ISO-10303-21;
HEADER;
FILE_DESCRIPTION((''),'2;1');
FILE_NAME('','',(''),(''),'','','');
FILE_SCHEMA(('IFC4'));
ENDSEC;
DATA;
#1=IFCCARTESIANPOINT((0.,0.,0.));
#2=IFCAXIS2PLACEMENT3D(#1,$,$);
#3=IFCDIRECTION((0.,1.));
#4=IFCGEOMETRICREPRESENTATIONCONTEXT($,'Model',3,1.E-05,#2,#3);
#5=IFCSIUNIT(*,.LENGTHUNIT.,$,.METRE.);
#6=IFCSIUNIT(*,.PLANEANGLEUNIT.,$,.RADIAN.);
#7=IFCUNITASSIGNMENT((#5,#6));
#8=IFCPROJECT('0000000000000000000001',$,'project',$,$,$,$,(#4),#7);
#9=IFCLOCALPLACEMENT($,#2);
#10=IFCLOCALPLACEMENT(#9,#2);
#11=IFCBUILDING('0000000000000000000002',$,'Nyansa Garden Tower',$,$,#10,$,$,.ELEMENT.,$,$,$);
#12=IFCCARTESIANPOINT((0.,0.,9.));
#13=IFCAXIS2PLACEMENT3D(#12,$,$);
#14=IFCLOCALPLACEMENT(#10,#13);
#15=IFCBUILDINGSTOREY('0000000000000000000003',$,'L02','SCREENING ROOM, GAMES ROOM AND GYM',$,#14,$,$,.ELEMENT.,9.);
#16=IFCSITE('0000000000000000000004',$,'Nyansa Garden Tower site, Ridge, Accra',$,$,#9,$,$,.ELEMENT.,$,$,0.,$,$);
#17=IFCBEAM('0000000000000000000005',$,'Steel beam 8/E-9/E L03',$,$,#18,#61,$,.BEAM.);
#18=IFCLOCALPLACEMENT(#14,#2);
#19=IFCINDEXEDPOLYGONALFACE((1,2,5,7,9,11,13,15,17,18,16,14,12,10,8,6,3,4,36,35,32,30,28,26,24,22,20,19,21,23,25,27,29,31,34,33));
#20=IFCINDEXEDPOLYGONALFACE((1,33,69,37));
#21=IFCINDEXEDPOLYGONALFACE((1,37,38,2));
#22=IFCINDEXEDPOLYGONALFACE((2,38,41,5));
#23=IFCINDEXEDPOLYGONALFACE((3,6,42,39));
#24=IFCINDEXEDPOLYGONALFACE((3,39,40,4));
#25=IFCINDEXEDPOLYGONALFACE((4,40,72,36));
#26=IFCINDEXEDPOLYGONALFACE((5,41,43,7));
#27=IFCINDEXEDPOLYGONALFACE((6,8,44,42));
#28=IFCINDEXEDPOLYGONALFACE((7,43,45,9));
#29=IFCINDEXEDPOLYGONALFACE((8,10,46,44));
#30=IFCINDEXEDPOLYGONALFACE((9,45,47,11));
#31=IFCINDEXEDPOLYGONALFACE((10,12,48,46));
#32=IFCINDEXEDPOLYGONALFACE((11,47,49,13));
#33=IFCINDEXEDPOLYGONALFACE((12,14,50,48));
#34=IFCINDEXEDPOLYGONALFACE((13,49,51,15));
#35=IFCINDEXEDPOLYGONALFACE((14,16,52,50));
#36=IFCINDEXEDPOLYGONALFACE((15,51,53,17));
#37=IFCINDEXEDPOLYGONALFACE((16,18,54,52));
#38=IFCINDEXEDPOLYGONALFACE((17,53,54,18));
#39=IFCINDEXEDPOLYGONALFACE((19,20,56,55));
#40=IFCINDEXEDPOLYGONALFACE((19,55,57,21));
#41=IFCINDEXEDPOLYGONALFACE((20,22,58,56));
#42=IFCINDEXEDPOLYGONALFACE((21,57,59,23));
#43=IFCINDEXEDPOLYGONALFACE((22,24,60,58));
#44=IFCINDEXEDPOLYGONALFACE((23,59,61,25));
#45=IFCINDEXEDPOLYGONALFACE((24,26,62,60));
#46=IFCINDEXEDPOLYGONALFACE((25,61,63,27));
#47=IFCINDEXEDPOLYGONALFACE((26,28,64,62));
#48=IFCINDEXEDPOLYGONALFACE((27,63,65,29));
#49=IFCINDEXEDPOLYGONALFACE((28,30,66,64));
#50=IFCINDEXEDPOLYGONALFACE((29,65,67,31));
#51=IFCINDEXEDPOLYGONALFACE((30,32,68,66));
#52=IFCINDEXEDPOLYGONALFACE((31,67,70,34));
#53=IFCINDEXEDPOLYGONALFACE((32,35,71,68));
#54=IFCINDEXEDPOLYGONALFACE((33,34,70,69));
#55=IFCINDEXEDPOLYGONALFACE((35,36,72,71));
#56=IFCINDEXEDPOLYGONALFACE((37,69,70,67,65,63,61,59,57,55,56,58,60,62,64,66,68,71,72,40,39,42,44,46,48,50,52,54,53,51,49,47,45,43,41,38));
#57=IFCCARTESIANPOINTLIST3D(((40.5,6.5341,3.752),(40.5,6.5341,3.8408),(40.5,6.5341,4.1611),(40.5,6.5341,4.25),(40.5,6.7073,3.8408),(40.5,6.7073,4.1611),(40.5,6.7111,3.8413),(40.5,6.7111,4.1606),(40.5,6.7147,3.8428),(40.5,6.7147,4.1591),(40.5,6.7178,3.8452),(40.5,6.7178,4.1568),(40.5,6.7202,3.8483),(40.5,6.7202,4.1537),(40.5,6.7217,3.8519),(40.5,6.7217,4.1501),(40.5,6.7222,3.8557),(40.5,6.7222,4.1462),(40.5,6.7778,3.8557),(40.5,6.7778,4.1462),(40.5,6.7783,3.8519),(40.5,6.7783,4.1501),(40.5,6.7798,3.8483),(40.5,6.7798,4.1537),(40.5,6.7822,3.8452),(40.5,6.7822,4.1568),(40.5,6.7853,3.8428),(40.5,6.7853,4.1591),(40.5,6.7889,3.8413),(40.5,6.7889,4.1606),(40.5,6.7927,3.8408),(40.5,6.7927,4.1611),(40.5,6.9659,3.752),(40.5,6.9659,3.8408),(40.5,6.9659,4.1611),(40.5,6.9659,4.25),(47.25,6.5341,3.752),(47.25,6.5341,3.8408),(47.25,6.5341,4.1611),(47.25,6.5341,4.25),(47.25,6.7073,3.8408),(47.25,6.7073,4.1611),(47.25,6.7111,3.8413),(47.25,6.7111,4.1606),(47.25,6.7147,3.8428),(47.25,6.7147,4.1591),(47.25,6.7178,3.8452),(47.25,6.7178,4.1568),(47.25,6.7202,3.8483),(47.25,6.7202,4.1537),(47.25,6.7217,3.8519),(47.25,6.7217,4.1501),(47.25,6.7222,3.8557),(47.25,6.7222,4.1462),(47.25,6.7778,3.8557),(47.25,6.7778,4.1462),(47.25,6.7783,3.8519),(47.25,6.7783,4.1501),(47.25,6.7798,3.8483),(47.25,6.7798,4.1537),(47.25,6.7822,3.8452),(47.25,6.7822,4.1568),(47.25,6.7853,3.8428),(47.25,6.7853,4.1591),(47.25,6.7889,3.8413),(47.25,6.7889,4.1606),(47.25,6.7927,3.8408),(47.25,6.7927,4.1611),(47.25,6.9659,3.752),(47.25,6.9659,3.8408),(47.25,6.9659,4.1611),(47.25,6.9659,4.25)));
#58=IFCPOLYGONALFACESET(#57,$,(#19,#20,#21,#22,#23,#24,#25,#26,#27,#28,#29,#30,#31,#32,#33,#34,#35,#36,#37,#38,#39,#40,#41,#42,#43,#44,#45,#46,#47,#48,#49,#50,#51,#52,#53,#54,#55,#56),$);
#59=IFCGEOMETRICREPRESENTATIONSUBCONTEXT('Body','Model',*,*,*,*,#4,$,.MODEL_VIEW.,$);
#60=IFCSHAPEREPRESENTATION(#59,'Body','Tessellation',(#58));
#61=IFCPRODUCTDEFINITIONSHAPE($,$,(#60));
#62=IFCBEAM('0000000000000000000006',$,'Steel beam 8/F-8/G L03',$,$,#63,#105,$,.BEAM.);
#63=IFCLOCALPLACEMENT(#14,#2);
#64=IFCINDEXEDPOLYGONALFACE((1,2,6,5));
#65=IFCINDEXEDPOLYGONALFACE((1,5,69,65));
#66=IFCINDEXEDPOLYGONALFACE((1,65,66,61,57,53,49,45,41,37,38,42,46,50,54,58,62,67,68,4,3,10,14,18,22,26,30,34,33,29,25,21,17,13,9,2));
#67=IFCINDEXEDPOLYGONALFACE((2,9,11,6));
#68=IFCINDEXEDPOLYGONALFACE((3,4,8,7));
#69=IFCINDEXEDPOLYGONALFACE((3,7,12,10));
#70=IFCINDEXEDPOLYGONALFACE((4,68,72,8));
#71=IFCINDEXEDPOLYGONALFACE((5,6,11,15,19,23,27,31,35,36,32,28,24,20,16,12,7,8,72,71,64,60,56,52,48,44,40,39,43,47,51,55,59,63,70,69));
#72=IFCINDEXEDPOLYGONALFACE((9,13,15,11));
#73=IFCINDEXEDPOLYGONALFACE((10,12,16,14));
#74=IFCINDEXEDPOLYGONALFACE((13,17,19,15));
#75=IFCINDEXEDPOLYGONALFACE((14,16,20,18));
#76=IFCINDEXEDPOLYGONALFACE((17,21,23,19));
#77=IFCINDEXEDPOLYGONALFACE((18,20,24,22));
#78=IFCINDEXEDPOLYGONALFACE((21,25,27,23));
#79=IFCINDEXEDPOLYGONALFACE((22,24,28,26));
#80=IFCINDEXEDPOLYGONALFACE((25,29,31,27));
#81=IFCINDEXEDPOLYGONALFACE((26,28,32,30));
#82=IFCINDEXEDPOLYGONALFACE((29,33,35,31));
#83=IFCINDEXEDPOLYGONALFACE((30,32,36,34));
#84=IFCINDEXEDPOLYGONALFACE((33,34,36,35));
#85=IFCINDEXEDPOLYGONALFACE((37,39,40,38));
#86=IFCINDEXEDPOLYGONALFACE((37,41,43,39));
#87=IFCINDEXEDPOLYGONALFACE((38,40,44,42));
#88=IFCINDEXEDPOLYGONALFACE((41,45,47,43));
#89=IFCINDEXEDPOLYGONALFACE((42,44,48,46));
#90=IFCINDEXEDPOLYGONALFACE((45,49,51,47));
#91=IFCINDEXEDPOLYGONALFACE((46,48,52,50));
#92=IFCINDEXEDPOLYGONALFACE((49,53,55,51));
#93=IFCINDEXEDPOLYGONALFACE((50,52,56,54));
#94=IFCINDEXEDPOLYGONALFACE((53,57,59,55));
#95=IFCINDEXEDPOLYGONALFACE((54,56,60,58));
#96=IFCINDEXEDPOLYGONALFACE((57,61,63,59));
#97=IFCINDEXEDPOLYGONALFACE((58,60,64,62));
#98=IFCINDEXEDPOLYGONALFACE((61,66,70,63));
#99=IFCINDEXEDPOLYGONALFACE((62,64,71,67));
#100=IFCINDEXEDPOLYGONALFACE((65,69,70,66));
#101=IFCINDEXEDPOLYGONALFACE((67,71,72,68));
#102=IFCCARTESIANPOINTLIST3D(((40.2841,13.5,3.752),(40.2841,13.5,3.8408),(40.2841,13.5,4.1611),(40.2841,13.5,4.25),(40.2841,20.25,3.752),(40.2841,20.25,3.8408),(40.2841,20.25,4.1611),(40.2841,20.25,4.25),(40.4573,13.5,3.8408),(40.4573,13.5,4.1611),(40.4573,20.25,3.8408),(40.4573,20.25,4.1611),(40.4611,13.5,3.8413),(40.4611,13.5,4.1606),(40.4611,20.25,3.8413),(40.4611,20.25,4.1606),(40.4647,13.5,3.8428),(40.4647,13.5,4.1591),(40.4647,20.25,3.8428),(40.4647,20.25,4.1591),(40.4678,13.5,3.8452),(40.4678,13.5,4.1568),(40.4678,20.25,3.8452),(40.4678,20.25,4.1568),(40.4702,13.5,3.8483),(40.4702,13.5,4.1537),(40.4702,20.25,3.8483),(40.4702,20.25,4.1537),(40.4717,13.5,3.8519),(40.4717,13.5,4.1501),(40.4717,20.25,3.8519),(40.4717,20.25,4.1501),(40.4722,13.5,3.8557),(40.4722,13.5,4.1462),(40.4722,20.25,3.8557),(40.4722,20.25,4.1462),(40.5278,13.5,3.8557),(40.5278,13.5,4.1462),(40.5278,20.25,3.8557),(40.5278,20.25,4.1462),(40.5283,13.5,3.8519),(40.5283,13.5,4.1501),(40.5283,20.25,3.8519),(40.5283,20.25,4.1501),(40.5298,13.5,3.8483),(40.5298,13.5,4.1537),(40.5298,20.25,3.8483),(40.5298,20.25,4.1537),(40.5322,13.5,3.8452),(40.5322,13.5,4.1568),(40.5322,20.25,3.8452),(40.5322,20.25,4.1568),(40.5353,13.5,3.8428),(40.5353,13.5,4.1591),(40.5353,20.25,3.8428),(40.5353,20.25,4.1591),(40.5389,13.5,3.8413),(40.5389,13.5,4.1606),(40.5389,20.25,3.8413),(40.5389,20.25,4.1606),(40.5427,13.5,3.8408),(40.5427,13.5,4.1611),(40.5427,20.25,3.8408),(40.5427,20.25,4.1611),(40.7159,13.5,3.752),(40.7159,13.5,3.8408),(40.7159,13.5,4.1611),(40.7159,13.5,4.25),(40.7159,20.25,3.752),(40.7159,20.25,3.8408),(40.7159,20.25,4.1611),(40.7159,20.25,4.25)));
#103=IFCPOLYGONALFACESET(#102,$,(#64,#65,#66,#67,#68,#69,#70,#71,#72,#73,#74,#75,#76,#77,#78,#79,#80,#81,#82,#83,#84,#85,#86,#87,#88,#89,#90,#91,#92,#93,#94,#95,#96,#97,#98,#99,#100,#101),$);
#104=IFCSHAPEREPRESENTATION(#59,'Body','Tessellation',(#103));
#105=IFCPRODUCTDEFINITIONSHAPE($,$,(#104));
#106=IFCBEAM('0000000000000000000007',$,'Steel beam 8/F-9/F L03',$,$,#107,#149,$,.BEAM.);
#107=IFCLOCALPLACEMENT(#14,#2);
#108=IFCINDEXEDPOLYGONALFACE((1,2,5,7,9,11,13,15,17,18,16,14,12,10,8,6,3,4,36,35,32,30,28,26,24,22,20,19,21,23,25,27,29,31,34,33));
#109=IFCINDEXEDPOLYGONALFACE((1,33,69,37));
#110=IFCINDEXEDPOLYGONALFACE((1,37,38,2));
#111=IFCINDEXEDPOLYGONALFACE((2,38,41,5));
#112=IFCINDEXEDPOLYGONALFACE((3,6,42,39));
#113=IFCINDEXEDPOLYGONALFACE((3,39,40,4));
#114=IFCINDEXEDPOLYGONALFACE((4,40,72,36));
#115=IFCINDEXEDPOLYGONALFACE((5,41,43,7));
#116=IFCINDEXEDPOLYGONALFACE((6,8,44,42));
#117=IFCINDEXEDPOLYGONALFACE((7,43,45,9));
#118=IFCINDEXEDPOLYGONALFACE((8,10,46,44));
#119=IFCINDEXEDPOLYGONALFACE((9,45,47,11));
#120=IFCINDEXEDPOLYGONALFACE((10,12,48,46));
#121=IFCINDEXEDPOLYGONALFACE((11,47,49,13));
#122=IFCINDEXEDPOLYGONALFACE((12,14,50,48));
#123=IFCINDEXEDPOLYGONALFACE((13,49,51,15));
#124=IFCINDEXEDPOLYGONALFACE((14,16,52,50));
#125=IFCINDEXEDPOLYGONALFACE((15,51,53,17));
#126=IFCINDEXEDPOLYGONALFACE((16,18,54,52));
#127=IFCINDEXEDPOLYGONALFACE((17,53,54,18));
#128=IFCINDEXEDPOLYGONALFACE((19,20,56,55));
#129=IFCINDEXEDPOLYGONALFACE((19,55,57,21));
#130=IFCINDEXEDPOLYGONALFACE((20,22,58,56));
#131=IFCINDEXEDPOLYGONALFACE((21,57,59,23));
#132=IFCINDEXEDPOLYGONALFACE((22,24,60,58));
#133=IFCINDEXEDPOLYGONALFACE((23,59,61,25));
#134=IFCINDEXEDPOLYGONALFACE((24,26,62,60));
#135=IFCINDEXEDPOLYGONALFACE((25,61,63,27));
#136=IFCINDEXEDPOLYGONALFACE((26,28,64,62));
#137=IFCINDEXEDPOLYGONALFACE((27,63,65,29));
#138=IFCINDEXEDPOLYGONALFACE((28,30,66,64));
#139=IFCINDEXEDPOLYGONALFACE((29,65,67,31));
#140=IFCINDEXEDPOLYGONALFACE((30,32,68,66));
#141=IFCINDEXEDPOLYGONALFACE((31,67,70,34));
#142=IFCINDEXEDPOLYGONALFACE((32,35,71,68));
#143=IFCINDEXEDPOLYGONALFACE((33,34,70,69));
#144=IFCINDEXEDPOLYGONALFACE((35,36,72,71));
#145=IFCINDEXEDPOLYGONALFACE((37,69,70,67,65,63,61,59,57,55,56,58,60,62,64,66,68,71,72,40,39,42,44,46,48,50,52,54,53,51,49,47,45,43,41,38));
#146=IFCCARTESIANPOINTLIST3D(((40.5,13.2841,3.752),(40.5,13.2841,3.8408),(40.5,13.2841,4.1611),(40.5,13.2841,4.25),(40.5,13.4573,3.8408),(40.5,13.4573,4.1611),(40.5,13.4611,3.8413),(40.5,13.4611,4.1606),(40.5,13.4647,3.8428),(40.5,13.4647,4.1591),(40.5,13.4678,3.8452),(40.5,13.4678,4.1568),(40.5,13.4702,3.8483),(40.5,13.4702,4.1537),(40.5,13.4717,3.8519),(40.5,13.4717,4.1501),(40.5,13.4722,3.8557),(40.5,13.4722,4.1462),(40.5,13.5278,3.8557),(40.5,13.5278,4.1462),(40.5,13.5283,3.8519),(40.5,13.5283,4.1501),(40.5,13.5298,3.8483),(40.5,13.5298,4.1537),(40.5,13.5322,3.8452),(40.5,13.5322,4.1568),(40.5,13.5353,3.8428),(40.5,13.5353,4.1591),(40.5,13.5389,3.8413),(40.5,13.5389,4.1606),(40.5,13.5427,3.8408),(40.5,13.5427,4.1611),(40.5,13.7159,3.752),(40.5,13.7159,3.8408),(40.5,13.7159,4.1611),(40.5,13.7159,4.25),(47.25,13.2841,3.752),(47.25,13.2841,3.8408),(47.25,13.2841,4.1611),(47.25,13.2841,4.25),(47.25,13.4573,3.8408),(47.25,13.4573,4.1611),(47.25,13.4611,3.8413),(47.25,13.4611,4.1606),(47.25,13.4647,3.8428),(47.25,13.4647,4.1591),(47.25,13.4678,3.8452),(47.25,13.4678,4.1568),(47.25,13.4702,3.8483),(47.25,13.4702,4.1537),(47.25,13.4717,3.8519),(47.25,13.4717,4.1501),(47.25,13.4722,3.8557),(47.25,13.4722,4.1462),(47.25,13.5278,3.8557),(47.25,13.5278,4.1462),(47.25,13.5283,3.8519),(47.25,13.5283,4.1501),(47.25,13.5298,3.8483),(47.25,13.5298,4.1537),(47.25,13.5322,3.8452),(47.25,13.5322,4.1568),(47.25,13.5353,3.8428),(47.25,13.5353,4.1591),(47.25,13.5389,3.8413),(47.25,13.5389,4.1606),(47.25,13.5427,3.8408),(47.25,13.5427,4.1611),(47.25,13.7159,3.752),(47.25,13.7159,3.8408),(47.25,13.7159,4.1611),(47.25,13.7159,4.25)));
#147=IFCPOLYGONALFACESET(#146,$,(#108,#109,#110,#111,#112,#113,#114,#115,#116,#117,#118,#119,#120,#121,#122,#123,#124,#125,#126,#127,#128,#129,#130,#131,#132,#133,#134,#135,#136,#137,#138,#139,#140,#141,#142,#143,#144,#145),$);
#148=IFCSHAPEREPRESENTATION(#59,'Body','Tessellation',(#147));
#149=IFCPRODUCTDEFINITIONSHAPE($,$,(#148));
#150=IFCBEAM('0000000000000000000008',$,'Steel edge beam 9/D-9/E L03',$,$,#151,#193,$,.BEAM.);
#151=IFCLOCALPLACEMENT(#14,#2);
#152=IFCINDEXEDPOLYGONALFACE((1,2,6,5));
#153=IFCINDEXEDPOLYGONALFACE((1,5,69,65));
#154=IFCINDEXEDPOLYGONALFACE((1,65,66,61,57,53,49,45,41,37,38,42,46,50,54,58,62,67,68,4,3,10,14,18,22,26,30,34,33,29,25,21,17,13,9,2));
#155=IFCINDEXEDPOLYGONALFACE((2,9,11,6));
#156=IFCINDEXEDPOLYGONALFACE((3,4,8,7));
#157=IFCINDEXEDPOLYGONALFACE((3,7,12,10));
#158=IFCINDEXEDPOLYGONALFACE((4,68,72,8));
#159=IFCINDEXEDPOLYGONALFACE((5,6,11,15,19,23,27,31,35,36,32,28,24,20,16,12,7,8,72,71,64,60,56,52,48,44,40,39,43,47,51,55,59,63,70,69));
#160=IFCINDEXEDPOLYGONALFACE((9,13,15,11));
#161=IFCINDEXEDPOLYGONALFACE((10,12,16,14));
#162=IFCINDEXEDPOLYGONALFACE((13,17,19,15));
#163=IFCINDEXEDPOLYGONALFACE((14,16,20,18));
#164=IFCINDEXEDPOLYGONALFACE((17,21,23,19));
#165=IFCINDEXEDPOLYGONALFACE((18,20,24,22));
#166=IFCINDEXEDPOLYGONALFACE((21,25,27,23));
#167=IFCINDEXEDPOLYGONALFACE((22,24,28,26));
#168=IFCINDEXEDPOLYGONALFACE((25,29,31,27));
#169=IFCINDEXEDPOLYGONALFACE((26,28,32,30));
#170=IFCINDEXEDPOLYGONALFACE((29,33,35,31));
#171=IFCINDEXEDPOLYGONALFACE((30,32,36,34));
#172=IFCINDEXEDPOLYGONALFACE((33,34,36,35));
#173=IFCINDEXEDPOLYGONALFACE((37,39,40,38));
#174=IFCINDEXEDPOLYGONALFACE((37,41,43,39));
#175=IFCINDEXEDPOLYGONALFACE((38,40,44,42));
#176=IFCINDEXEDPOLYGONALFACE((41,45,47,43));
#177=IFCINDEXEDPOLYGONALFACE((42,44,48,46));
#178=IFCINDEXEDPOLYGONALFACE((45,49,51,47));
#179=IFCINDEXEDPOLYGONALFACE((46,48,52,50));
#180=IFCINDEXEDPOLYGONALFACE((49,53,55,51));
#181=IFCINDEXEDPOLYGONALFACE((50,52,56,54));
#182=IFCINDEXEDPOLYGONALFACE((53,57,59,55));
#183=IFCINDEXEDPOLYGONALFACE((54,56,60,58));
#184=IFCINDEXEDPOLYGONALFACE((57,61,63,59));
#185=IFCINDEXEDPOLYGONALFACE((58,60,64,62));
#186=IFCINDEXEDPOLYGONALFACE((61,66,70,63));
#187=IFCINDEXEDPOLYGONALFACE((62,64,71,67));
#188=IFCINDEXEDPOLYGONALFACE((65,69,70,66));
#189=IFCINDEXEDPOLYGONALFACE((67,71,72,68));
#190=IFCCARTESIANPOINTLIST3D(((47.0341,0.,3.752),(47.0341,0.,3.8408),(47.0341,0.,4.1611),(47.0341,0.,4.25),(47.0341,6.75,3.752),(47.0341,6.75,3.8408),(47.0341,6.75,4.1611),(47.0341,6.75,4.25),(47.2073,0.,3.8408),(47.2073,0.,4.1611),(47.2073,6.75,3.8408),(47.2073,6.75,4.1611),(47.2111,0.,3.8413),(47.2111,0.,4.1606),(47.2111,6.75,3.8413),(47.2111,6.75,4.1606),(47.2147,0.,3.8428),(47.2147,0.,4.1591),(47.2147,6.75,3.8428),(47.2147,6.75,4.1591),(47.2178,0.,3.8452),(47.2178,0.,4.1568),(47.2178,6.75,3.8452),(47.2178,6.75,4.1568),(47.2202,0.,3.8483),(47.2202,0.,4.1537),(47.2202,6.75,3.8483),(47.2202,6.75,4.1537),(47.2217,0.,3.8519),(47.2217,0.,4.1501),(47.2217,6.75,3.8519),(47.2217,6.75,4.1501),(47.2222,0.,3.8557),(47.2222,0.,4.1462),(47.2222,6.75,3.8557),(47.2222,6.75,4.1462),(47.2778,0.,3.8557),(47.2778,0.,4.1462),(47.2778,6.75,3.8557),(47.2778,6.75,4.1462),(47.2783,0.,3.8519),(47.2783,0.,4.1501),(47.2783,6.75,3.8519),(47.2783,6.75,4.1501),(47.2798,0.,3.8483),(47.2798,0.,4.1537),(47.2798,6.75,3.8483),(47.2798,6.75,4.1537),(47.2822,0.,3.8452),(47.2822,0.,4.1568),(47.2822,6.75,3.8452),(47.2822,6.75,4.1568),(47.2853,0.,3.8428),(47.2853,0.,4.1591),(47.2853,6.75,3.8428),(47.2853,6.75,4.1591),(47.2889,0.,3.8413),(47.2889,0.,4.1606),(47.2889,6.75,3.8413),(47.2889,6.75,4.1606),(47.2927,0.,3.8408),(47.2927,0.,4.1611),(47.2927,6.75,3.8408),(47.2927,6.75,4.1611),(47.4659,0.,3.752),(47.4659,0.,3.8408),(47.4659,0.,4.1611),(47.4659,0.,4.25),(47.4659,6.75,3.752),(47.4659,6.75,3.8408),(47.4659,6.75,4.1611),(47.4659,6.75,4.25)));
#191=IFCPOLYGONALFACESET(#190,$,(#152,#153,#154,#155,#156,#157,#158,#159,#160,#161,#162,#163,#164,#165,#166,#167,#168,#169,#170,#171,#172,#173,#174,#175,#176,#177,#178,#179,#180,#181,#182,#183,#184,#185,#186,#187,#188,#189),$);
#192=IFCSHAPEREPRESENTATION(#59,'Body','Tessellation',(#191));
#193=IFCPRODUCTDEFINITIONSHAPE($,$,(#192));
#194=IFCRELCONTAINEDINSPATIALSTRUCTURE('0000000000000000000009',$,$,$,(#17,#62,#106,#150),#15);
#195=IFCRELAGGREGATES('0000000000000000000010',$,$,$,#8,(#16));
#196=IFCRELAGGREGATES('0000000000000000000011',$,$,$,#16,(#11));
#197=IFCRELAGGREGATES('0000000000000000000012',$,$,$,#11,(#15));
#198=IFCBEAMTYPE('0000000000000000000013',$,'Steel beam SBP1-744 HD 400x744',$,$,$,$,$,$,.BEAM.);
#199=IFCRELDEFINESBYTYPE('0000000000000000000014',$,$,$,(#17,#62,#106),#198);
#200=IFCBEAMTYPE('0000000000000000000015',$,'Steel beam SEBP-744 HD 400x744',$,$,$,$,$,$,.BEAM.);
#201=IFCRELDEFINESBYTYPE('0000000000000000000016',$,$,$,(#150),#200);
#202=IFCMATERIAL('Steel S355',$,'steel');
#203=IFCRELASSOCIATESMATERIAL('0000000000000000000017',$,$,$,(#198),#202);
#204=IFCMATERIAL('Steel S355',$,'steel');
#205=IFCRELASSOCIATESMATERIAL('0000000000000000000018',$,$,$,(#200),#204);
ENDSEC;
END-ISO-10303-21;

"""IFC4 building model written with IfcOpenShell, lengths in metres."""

from ifc_helpers import new_model, si_unit, direction, frame, origin, origin_2d, place, context, subcontext, project, spatial, i_section, extrude, material, material_profile, profile_set, type_object, element, save


model = new_model("IFC4")

# Units and contexts
model_context = context("Model", 3, precision=1e-05, world=origin(), true_north=direction((0.0, 1.0)))
body_context = subcontext(model_context, "Body", "Model", "MODEL_VIEW")
ifc_project = project(units=[si_unit("LENGTHUNIT", "METRE"), si_unit("PLANEANGLEUNIT", "RADIAN")], contexts=[model_context])

# Site, building, storey
site_placement = place(None, origin())
site = spatial("IfcSite", under=ifc_project, at=site_placement, Name="Nyansa Garden Tower site, Ridge, Accra", CompositionType="ELEMENT", RefElevation=0.0)
building_placement = place(site_placement, origin())
building = spatial("IfcBuilding", under=site, at=building_placement, Name="Nyansa Garden Tower", CompositionType="ELEMENT")
storey_placement = place(building_placement, frame((0.0, 0.0, 9.0)))
storey = spatial("IfcBuildingStorey", under=building, at=storey_placement, Name="L02", Description="SCREENING ROOM, GAMES ROOM AND GYM", CompositionType="ELEMENT", Elevation=9.0)

# Beams
ifc_material_1 = material(Name="Steel S355", Category="steel")
ifc_material_profile_1 = material_profile(ifc_material_1, i_section(OverallWidth=0.4319, OverallDepth=0.498, WebThickness=0.0557, FlangeThickness=0.0889, FilletRadius=0.0149, at=origin_2d()), Name="HD 400x744")
ifc_profile_set_1 = profile_set([ifc_material_profile_1], Name="Steel S355")
beam_type_1 = type_object("IfcBeamType", Name="Steel beam SBP1-744 HD 400x744", PredefinedType="BEAM", material=ifc_profile_set_1)
for number, where, z_axis, x_axis, name in (
    (1, (40.5, 6.75, 4.001), (1.0, 0.0, 0.0), (0.0, 1.0, 0.0), "Steel beam 8/E-9/E L03"),
    (2, (40.5, 13.5, 4.001), (0.0, 1.0, 0.0), (-1.0, 0.0, 0.0), "Steel beam 8/F-8/G L03"),
    (3, (40.5, 13.5, 4.001), (1.0, 0.0, 0.0), (0.0, 1.0, 0.0), "Steel beam 8/F-9/F L03"),
):
    element("IfcBeam", number, at=place(storey_placement, frame(where, z_axis=z_axis, x_axis=x_axis)), inside=storey, type_object=beam_type_1, Name=name, PredefinedType="BEAM", context=body_context, shape_type="SweptSolid", body=[
        extrude(i_section(OverallWidth=0.4319, OverallDepth=0.498, WebThickness=0.0557, FlangeThickness=0.0889, FilletRadius=0.0149, at=origin_2d()), origin(), (0.0, 0.0, 1.0), 6.75),
    ])
ifc_material_2 = material(Name="Steel S355", Category="steel")
ifc_material_profile_2 = material_profile(ifc_material_2, i_section(OverallWidth=0.4319, OverallDepth=0.498, WebThickness=0.0557, FlangeThickness=0.0889, FilletRadius=0.0149, at=origin_2d()), Name="HD 400x744")
ifc_profile_set_2 = profile_set([ifc_material_profile_2], Name="Steel S355")
beam_type_2 = type_object("IfcBeamType", Name="Steel beam SEBP-744 HD 400x744", PredefinedType="BEAM", material=ifc_profile_set_2)
for number, where, z_axis, x_axis, name in (
    (4, (47.25, 0.0, 4.001), (0.0, 1.0, 0.0), (-1.0, 0.0, 0.0), "Steel edge beam 9/D-9/E L03"),
):
    element("IfcBeam", number, at=place(storey_placement, frame(where, z_axis=z_axis, x_axis=x_axis)), inside=storey, type_object=beam_type_2, Name=name, PredefinedType="BEAM", context=body_context, shape_type="SweptSolid", body=[
        extrude(i_section(OverallWidth=0.4319, OverallDepth=0.498, WebThickness=0.0557, FlangeThickness=0.0889, FilletRadius=0.0149, at=origin_2d()), origin(), (0.0, 0.0, 1.0), 6.75),
    ])

save(model, "model.ifc")
